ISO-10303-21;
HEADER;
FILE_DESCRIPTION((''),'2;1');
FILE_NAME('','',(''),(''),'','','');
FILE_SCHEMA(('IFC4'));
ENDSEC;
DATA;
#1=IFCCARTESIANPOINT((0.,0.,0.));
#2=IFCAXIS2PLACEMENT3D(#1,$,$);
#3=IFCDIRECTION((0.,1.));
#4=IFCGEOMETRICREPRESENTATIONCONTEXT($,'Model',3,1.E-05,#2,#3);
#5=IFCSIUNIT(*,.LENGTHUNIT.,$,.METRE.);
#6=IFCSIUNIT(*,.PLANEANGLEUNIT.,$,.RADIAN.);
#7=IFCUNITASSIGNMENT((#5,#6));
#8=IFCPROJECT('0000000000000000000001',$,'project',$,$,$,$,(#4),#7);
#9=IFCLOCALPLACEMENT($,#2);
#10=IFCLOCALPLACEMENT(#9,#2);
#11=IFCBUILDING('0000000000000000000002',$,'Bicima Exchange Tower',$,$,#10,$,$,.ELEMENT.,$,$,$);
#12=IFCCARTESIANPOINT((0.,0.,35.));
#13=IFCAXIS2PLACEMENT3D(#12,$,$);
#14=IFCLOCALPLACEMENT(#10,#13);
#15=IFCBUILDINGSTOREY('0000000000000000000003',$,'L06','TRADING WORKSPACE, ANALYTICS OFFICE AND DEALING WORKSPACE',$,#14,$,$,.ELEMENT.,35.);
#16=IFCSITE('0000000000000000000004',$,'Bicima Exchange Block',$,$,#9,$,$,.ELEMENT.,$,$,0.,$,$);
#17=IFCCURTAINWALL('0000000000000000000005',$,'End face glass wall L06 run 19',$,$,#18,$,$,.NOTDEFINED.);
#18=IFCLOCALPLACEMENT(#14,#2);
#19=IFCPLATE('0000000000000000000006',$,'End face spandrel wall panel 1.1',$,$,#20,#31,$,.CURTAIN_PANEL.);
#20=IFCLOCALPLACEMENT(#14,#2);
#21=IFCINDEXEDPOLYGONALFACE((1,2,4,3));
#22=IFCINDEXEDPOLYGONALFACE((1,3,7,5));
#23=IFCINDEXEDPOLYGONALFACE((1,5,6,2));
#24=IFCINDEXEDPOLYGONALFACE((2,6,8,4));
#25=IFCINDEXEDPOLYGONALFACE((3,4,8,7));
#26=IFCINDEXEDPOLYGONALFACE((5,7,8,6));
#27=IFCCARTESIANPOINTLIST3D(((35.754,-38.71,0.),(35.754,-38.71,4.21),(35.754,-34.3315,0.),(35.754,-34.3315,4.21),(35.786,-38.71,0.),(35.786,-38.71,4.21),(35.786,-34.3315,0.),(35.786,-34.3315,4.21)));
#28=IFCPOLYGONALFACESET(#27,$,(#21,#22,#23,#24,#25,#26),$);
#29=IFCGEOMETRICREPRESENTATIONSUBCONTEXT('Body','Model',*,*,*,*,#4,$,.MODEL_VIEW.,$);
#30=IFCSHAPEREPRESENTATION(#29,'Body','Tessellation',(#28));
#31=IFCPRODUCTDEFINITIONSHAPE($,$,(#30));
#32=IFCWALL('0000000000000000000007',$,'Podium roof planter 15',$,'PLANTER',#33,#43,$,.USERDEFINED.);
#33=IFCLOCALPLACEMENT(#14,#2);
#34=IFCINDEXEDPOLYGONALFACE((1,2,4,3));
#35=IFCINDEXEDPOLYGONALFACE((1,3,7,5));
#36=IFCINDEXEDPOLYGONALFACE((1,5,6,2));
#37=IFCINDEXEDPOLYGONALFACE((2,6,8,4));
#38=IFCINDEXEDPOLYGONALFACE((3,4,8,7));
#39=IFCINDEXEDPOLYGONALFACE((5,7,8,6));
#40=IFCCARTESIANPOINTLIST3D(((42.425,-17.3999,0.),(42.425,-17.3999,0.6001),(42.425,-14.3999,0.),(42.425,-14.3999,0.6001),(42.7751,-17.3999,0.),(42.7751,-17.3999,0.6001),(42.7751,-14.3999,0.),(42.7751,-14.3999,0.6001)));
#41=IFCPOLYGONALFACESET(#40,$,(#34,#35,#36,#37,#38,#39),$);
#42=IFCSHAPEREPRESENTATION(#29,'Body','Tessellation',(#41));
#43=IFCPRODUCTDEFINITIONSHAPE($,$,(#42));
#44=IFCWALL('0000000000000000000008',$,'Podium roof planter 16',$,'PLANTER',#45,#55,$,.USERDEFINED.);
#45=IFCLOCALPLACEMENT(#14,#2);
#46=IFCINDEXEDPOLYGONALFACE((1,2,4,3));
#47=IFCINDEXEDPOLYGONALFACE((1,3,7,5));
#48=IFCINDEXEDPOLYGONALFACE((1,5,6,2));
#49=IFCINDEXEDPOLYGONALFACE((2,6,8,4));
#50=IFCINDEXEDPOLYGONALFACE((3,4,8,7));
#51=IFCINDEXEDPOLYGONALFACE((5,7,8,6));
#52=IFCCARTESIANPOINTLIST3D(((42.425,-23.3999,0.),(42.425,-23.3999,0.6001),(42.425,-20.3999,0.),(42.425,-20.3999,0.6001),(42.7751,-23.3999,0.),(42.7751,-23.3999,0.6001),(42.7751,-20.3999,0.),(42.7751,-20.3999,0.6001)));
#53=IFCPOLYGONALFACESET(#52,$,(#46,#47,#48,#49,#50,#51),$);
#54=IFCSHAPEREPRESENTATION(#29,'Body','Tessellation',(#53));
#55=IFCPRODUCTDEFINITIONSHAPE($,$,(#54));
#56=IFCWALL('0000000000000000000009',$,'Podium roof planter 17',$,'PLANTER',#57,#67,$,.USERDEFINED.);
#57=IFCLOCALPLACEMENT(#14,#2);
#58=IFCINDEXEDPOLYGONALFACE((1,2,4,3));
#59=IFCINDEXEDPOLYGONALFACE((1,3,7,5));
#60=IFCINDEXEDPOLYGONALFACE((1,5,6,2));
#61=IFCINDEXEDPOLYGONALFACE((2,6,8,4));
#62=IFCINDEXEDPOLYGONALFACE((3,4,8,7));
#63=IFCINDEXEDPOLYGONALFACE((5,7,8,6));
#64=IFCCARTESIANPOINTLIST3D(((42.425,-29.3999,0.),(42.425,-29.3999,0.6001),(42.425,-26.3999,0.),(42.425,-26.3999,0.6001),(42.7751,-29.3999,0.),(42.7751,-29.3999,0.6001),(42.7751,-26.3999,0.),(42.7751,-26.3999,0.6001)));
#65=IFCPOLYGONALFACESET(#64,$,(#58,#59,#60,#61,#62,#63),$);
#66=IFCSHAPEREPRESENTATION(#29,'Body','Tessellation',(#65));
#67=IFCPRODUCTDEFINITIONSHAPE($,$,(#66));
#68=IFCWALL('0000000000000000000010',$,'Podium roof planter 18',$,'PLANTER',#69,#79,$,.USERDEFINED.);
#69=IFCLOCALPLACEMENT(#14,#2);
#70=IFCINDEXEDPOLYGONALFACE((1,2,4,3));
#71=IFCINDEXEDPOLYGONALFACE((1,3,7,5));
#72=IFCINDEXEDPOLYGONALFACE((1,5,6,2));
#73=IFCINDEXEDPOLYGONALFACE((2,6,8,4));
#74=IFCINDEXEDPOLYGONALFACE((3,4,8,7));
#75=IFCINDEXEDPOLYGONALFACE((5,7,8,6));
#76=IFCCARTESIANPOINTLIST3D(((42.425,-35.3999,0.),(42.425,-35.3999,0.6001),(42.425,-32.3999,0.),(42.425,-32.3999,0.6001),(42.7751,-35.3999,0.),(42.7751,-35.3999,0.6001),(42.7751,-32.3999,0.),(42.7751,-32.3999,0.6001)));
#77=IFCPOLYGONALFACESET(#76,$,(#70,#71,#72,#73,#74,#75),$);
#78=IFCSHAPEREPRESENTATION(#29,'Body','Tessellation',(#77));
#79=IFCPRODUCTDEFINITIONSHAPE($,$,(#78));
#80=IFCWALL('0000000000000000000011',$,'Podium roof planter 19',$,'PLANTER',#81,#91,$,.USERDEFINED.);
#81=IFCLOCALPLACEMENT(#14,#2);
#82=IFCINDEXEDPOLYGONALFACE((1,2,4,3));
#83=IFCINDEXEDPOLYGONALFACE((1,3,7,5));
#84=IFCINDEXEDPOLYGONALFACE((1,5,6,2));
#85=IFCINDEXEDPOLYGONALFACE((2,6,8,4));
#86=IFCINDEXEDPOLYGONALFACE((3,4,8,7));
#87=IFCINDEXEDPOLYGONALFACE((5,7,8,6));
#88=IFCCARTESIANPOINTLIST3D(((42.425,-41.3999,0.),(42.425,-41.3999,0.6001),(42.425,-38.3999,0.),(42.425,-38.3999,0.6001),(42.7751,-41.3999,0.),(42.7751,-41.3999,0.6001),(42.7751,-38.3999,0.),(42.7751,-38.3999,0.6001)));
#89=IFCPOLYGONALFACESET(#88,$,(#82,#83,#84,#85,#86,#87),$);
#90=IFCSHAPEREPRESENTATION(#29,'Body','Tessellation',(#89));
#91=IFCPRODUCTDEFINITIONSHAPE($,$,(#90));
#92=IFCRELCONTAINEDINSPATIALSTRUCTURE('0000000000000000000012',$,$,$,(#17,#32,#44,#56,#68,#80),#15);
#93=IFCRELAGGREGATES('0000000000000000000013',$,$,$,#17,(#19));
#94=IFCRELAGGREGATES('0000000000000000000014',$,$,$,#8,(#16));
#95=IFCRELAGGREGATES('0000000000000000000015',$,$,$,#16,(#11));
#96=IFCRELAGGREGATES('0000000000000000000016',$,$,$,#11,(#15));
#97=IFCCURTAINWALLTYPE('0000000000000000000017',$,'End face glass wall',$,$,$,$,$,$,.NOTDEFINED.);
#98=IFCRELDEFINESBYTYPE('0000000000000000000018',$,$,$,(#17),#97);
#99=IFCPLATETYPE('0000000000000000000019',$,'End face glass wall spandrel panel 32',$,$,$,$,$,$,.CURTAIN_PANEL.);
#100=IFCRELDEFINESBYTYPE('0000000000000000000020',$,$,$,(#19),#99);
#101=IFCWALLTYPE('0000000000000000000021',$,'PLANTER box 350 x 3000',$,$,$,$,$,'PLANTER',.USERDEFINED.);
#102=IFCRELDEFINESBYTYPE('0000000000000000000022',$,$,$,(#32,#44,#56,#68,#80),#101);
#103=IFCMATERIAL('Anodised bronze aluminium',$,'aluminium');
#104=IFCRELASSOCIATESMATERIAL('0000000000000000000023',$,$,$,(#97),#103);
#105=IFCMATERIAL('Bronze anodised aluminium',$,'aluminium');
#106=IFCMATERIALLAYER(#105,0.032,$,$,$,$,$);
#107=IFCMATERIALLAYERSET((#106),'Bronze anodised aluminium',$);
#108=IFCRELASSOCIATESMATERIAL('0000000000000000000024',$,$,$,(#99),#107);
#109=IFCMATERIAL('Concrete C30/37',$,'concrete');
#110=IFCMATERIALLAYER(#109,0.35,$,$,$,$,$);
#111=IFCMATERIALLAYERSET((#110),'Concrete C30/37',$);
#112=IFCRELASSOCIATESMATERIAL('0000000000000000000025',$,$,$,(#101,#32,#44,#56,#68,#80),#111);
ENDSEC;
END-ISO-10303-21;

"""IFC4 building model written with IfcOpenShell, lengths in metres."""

from ifc_helpers import new_model, si_unit, direction, frame, frame_2d, origin, origin_2d, place, context, subcontext, project, spatial, rectangle, extrude, material, layer, layer_set, layer_usage, type_object, element, aggregate, save


model = new_model("IFC4")

# Units and contexts
model_context = context("Model", 3, precision=1e-05, world=origin(), true_north=direction((0.0, 1.0)))
body_context = subcontext(model_context, "Body", "Model", "MODEL_VIEW")
ifc_project = project(units=[si_unit("LENGTHUNIT", "METRE"), si_unit("PLANEANGLEUNIT", "RADIAN")], contexts=[model_context])

# Site, building, storey
site_placement = place(None, origin())
site = spatial("IfcSite", under=ifc_project, at=site_placement, Name="Bicima Exchange Block", CompositionType="ELEMENT", RefElevation=0.0)
building_placement = place(site_placement, origin())
building = spatial("IfcBuilding", under=site, at=building_placement, Name="Bicima Exchange Tower", CompositionType="ELEMENT")
storey_placement = place(building_placement, frame((0.0, 0.0, 35.0)))
storey = spatial("IfcBuildingStorey", under=building, at=storey_placement, Name="L06", Description="TRADING WORKSPACE, ANALYTICS OFFICE AND DEALING WORKSPACE", CompositionType="ELEMENT", Elevation=35.0)

# Curtain wall
ifc_material_1 = material(Name="Anodised bronze aluminium", Category="aluminium")
curtain_wall_type_1 = type_object("IfcCurtainWallType", Name="End face glass wall", PredefinedType="NOTDEFINED", material=ifc_material_1)
curtain_wall_1_placement = place(storey_placement, origin())
curtain_wall_1 = element("IfcCurtainWall", 1, at=curtain_wall_1_placement, inside=storey, type_object=curtain_wall_type_1, Name="End face glass wall L06 run 19", PredefinedType="NOTDEFINED")

# Plate
ifc_material_2 = material(Name="Bronze anodised aluminium", Category="aluminium")
ifc_layer_1 = layer(ifc_material_2, 0.032)
ifc_layer_set_1 = layer_set([ifc_layer_1], Name="Bronze anodised aluminium")
plate_type_1 = type_object("IfcPlateType", Name="End face glass wall spandrel panel 32", PredefinedType="CURTAIN_PANEL", material=ifc_layer_set_1)
plate_1_placement = place(storey_placement, frame((35.77, -36.5208, 0.0), z_axis=(0.0, 0.0, 1.0), x_axis=(0.0, 1.0, 0.0)))
plate_1 = element("IfcPlate", 2, at=plate_1_placement, type_object=plate_type_1, Name="End face spandrel wall panel 1.1", PredefinedType="CURTAIN_PANEL", context=body_context, shape_type="SweptSolid", body=[
    extrude(rectangle(XDim=4.3784, YDim=0.032, at=origin_2d()), origin(), (0.0, 0.0, 1.0), 4.21),
])
aggregate(curtain_wall_1, [plate_1])

# Walls
ifc_material_3 = material(Name="Concrete C30/37", Category="concrete")
ifc_layer_2 = layer(ifc_material_3, 0.35)
ifc_layer_set_2 = layer_set([ifc_layer_2], Name="Concrete C30/37")
ifc_layer_usage = layer_usage(ifc_layer_set_2, "AXIS2", "POSITIVE", -0.175)
wall_type = type_object("IfcWallType", Name="PLANTER box 350 x 3000", ElementType="PLANTER", PredefinedType="USERDEFINED", material=ifc_layer_set_2)
for number, where, z_axis, x_axis, name in (
    (3, (42.6001, -14.3999, 0.0), (0.0, 0.0, 1.0), (0.0, -1.0, 0.0), "Podium roof planter 15"),
    (4, (42.6001, -20.3999, 0.0), (0.0, 0.0, 1.0), (0.0, -1.0, 0.0), "Podium roof planter 16"),
    (5, (42.6001, -26.3999, 0.0), (0.0, 0.0, 1.0), (0.0, -1.0, 0.0), "Podium roof planter 17"),
    (6, (42.6001, -32.3999, 0.0), (0.0, 0.0, 1.0), (0.0, -1.0, 0.0), "Podium roof planter 18"),
    (7, (42.6001, -38.3999, 0.0), (0.0, 0.0, 1.0), (0.0, -1.0, 0.0), "Podium roof planter 19"),
):
    element("IfcWall", number, at=place(storey_placement, frame(where, z_axis=z_axis, x_axis=x_axis)), inside=storey, type_object=wall_type, material=ifc_layer_usage, Name=name, ObjectType="PLANTER", PredefinedType="USERDEFINED", context=body_context, shape_type="SweptSolid", body=[
        extrude(rectangle(XDim=3.0, YDim=0.3501, at=frame_2d((1.5, 0.0))), origin(), (0.0, 0.0, 1.0), 0.6001),
    ])

save(model, "model.ifc")
